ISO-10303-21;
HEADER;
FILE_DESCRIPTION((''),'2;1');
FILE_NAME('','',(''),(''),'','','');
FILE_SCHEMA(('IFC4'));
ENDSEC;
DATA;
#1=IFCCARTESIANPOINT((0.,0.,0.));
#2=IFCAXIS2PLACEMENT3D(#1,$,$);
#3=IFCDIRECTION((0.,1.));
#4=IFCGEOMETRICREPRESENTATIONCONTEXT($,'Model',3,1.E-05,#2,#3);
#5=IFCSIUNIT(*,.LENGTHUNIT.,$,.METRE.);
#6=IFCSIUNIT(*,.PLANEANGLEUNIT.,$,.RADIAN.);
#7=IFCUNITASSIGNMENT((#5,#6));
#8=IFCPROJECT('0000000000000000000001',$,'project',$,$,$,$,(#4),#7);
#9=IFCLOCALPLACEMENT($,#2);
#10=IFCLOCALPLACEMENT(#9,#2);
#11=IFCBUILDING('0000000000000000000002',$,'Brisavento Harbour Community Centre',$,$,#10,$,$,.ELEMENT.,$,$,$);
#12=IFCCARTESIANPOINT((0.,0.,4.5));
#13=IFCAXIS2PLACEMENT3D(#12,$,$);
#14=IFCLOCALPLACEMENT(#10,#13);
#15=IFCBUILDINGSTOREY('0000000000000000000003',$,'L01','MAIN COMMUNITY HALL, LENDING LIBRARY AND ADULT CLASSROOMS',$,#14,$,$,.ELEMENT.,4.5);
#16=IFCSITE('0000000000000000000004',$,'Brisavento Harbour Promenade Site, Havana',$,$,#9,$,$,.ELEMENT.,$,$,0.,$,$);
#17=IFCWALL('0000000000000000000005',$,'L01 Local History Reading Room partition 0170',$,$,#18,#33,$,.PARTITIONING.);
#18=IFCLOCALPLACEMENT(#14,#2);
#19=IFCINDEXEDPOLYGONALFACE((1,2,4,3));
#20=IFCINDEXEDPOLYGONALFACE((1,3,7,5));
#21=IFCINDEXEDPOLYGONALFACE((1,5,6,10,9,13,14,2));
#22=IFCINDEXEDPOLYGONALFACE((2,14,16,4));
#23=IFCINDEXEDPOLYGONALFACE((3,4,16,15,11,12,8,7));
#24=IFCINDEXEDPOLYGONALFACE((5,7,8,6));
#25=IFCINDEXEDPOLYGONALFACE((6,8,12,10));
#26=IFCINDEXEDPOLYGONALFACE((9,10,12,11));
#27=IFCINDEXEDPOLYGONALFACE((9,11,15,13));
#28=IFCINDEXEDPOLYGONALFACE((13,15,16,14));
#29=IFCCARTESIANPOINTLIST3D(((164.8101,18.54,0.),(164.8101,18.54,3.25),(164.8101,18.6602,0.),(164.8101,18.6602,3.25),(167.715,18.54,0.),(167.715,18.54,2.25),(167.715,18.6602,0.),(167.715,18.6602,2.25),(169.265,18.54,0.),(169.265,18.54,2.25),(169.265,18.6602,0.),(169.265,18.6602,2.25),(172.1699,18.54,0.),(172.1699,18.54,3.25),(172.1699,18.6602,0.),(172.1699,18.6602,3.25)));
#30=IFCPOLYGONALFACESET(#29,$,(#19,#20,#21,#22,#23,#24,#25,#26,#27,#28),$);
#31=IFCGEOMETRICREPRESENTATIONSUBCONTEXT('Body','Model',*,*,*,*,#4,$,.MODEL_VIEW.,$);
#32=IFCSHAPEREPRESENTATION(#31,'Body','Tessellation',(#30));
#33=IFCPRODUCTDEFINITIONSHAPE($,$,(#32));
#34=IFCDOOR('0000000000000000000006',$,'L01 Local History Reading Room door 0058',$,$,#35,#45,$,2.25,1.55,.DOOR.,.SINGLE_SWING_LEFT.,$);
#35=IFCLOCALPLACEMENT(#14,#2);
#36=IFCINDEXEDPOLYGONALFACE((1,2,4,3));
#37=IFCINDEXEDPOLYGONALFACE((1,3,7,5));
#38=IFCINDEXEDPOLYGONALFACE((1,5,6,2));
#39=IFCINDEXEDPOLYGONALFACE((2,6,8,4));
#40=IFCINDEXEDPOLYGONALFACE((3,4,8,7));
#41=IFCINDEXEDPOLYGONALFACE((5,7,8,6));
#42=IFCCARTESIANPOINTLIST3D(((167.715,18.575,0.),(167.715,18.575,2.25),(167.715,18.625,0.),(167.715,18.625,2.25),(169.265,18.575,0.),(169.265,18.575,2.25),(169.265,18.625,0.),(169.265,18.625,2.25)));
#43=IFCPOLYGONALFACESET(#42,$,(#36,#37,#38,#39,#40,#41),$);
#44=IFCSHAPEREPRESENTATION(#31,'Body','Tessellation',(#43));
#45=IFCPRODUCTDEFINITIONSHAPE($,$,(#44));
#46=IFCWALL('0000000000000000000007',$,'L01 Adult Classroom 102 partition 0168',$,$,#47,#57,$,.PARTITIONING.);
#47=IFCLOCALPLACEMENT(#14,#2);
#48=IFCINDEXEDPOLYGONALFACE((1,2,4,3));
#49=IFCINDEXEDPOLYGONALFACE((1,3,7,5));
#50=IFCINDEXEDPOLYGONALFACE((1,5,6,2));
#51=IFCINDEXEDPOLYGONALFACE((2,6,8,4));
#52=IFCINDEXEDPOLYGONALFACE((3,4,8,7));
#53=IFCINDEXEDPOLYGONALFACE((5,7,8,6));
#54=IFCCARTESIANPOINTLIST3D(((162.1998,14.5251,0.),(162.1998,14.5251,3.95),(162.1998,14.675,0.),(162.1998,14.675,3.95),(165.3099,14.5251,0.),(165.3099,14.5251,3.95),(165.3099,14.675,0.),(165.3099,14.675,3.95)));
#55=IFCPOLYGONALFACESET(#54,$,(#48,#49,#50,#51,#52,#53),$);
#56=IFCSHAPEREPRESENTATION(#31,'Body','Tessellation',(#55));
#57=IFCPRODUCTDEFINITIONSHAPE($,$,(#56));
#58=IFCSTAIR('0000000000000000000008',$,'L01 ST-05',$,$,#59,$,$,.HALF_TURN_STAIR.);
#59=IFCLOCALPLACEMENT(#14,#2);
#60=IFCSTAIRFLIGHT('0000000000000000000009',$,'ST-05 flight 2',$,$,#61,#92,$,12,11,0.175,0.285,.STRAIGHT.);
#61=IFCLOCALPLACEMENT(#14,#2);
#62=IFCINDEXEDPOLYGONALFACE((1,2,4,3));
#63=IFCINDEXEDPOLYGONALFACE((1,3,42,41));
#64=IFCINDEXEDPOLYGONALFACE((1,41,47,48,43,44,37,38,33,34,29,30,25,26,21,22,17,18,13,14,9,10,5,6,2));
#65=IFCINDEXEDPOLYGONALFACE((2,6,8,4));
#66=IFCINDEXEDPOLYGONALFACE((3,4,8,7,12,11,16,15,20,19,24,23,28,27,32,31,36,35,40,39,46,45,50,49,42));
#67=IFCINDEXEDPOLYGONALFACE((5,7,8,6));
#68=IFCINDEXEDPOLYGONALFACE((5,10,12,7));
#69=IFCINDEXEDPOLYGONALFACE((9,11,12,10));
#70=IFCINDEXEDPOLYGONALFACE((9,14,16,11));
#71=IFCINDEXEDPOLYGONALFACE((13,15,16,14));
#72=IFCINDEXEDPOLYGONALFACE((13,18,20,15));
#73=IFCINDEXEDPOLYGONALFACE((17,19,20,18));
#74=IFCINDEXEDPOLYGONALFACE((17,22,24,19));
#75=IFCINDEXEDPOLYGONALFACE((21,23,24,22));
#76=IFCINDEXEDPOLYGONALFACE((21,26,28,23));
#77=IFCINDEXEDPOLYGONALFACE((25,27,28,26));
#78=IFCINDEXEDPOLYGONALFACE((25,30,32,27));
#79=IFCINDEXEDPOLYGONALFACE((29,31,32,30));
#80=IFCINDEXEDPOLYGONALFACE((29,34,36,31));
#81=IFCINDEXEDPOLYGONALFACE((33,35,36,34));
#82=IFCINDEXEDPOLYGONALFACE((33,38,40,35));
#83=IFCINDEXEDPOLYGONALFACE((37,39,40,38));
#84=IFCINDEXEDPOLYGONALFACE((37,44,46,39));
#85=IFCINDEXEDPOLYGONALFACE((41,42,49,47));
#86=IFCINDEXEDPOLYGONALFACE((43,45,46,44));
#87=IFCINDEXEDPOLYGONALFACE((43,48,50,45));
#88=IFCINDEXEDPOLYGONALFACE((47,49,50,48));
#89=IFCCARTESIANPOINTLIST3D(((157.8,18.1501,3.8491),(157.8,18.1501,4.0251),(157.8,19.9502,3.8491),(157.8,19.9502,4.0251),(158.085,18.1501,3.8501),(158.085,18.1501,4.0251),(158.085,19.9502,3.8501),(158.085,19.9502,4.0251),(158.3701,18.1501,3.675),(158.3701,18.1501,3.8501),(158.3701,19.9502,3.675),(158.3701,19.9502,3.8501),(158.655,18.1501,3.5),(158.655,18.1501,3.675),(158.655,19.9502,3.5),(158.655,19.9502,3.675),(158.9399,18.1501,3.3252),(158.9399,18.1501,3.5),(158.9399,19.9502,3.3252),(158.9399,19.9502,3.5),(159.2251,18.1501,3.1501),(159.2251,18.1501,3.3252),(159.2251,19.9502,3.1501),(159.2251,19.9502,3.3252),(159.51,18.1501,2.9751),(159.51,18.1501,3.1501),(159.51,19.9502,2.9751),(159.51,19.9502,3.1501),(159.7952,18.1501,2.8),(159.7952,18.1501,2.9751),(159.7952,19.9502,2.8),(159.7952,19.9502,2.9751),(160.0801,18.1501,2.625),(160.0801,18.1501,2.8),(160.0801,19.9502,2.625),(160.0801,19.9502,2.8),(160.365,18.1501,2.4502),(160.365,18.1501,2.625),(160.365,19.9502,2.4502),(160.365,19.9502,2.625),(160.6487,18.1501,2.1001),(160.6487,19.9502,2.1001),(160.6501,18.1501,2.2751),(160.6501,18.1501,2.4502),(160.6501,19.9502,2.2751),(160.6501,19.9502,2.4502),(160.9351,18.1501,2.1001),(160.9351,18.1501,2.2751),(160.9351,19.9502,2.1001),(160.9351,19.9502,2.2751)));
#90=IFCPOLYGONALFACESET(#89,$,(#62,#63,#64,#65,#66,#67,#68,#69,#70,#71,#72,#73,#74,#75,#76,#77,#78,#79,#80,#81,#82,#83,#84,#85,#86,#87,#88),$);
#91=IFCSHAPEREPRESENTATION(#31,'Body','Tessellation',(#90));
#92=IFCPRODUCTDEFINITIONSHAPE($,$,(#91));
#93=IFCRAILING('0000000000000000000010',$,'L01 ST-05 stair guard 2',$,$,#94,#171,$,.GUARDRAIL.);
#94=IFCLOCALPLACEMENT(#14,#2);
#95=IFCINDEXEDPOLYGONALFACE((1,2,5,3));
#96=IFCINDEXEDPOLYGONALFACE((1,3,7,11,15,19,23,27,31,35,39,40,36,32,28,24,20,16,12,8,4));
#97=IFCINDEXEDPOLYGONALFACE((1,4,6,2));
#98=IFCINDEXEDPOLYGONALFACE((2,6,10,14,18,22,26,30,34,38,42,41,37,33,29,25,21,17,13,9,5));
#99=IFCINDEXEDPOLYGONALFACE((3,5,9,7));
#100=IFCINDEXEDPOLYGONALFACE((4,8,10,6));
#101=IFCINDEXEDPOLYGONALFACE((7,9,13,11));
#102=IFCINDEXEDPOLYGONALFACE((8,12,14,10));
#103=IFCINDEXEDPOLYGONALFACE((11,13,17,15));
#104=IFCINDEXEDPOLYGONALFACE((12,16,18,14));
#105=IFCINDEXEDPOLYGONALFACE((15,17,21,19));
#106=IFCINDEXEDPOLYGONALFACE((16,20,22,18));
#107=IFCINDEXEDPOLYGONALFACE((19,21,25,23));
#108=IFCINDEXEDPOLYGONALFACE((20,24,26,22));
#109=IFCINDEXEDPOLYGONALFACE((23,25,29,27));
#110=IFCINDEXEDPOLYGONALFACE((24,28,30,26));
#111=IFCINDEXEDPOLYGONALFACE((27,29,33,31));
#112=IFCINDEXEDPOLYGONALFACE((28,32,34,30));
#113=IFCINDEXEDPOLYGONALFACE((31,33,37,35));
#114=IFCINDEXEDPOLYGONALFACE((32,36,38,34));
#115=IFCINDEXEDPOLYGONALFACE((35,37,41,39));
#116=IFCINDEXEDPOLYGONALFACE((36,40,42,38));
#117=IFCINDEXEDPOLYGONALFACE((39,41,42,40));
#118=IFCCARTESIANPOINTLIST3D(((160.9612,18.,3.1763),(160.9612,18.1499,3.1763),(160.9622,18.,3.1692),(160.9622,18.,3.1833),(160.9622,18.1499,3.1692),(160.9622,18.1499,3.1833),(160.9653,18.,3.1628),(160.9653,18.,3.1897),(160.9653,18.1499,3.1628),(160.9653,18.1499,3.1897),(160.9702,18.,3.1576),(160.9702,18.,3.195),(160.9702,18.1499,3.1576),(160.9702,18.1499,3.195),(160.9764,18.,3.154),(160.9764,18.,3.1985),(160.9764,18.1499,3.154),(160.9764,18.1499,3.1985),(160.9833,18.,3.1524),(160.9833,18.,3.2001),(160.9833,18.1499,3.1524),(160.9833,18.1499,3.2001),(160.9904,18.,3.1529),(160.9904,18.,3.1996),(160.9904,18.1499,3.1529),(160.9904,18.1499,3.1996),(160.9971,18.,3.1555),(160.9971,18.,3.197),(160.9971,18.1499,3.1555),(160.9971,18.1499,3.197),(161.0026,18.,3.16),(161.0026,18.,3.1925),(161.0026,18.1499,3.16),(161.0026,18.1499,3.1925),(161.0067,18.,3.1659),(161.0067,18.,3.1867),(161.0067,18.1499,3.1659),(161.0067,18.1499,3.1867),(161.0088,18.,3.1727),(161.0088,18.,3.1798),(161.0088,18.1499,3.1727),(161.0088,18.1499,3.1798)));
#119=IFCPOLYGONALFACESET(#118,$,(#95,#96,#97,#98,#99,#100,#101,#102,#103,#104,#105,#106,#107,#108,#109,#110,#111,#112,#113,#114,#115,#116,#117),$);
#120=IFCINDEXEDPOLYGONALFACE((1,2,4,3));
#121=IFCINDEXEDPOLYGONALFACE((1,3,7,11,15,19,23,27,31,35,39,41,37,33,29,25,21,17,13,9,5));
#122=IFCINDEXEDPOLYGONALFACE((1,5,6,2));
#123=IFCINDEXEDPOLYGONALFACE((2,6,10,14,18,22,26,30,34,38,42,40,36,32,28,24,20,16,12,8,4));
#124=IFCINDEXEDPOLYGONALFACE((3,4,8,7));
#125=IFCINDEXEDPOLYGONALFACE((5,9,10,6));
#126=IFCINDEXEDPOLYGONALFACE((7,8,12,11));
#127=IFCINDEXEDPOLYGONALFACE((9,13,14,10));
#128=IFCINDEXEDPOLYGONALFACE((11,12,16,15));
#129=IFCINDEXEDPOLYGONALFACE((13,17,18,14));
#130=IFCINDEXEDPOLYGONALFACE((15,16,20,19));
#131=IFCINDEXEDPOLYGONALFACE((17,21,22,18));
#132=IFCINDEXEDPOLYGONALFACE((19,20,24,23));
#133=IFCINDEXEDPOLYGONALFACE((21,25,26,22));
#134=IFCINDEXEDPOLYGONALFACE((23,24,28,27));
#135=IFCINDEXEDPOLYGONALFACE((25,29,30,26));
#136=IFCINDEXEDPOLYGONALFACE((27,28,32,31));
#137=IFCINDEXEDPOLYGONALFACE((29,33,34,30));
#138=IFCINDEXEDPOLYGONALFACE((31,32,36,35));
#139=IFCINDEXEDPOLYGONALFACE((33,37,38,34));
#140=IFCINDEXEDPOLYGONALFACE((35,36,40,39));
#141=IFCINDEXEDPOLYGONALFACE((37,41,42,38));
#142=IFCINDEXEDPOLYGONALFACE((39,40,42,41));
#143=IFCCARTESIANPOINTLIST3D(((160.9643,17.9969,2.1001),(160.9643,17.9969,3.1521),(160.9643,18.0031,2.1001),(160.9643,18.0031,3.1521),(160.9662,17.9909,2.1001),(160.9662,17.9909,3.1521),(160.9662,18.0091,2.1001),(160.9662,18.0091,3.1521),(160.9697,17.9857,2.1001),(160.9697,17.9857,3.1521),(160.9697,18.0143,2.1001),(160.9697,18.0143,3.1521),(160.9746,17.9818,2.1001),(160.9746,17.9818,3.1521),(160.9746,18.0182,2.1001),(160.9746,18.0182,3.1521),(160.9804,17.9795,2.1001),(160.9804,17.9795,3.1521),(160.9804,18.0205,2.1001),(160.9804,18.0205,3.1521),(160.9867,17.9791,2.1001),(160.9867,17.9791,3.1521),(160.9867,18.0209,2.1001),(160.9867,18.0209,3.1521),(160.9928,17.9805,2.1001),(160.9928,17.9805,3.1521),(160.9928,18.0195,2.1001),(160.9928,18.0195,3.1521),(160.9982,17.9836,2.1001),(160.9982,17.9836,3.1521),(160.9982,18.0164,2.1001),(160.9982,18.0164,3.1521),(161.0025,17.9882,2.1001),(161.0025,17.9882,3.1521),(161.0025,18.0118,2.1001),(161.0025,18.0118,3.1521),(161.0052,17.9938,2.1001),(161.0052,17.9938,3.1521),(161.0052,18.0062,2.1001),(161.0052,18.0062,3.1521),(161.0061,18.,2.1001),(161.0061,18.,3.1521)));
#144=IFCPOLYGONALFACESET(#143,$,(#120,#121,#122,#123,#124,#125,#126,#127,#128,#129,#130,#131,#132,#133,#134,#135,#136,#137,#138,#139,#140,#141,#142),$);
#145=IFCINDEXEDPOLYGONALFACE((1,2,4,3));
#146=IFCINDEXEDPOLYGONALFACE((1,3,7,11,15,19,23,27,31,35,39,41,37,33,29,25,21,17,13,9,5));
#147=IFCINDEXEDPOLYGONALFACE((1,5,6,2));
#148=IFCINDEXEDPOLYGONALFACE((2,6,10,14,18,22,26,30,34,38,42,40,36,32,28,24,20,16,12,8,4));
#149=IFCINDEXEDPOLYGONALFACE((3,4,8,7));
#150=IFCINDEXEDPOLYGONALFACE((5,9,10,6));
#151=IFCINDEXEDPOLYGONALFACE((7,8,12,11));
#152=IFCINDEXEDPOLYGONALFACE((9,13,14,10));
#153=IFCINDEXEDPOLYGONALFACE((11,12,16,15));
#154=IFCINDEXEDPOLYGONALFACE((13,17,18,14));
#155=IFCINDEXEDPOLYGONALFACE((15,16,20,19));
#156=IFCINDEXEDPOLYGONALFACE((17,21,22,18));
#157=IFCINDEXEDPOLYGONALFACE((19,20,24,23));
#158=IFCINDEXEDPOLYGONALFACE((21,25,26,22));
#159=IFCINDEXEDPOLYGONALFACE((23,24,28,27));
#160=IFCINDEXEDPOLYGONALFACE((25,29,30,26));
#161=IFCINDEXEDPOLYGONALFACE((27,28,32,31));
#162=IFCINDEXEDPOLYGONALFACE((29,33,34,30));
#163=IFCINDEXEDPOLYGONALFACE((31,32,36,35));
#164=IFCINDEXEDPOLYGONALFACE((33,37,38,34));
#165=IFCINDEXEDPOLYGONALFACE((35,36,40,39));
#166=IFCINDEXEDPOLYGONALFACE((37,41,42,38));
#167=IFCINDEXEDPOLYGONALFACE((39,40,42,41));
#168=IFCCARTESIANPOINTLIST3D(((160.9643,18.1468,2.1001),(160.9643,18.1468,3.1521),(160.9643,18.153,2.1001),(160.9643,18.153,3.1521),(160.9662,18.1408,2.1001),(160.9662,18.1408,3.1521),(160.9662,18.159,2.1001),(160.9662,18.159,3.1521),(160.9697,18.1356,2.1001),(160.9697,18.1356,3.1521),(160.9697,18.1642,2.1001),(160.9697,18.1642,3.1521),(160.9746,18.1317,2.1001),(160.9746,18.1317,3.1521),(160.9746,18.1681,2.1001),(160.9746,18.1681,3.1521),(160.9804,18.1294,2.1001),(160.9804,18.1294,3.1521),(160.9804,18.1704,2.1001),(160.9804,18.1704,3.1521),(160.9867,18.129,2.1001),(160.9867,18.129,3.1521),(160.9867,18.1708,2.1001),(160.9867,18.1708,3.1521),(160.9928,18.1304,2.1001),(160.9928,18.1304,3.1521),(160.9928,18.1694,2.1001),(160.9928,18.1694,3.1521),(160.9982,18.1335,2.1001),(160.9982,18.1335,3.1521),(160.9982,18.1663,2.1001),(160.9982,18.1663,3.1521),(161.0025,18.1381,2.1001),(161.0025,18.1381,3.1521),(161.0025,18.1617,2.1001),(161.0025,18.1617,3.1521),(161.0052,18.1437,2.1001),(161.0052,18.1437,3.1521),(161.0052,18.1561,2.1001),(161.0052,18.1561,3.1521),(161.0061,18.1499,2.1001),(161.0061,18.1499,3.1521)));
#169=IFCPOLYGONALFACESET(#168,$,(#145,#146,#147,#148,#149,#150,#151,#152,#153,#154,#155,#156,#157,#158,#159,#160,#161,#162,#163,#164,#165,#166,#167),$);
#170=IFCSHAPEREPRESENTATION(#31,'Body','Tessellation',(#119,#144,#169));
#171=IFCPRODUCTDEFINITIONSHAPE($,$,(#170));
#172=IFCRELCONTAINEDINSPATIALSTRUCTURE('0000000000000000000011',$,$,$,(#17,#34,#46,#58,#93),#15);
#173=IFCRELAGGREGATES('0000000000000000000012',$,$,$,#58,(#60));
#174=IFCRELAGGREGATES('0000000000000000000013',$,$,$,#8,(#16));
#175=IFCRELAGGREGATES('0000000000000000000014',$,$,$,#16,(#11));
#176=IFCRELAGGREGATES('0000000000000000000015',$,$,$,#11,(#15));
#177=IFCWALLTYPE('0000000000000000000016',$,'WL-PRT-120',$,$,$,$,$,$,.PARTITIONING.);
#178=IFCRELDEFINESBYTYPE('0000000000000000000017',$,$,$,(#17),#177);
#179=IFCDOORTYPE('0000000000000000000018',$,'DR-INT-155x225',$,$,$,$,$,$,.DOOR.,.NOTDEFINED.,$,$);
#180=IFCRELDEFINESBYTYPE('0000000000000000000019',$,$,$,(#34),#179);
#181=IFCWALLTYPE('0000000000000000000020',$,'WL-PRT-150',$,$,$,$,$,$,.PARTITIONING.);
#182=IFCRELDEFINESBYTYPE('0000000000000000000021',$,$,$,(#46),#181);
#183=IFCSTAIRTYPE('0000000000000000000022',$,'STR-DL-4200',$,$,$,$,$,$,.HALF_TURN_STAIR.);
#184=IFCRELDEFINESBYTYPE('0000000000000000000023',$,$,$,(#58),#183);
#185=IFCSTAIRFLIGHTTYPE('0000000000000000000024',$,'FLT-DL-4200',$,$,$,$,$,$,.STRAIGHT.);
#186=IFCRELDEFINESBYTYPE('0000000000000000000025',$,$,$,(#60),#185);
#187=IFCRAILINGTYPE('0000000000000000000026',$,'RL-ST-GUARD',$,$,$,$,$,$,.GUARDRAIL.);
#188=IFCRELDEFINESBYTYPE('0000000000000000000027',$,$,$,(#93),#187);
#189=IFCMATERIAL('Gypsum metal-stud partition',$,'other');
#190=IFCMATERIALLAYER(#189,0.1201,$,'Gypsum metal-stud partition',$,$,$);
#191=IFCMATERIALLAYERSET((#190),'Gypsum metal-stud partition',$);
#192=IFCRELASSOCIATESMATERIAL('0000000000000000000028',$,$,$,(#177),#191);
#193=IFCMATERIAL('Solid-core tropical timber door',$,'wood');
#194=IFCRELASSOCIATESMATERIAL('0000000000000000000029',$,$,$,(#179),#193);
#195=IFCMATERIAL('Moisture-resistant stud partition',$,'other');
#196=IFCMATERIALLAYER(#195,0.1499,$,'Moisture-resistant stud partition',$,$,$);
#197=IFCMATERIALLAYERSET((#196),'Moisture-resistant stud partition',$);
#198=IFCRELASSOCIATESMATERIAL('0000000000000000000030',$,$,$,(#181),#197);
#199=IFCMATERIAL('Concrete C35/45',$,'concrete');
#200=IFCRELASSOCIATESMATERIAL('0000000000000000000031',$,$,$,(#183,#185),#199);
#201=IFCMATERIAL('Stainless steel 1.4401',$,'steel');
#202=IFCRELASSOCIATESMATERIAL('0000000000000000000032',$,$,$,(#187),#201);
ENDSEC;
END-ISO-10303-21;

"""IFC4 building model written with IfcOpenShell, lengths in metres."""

from ifc_helpers import new_model, si_unit, direction, frame, frame_2d, origin, origin_2d, place, context, subcontext, project, spatial, polyline, rectangle, circle, outline, extrude, material, layer, layer_set, type_object, element, fill, aggregate, save


model = new_model("IFC4")

# Units and contexts
model_context = context("Model", 3, precision=1e-05, world=origin(), true_north=direction((0.0, 1.0)))
body_context = subcontext(model_context, "Body", "Model", "MODEL_VIEW")
ifc_project = project(units=[si_unit("LENGTHUNIT", "METRE"), si_unit("PLANEANGLEUNIT", "RADIAN")], contexts=[model_context])

# Site, building, storey
site_placement = place(None, origin())
site = spatial("IfcSite", under=ifc_project, at=site_placement, Name="Brisavento Harbour Promenade Site, Havana", CompositionType="ELEMENT", RefElevation=0.0)
building_placement = place(site_placement, origin())
building = spatial("IfcBuilding", under=site, at=building_placement, Name="Brisavento Harbour Community Centre", CompositionType="ELEMENT")
storey_placement = place(building_placement, frame((0.0, 0.0, 4.5)))
storey = spatial("IfcBuildingStorey", under=building, at=storey_placement, Name="L01", Description="MAIN COMMUNITY HALL, LENDING LIBRARY AND ADULT CLASSROOMS", CompositionType="ELEMENT", Elevation=4.5)

# Shared definitions
ifc_material_1 = material(Name="Concrete C35/45", Category="concrete")

# Wall, opening, door
ifc_material_2 = material(Name="Solid-core tropical timber door", Category="wood")
ifc_material_3 = material(Name="Gypsum metal-stud partition", Category="other")
ifc_layer_1 = layer(ifc_material_3, 0.1201, Name="Gypsum metal-stud partition")
ifc_layer_set_1 = layer_set([ifc_layer_1], Name="Gypsum metal-stud partition")
wall_type_1 = type_object("IfcWallType", Name="WL-PRT-120", PredefinedType="PARTITIONING", material=ifc_layer_set_1)
wall_1_placement = place(storey_placement, frame((164.8101, 18.6001, 0.0), z_axis=(0.0, 0.0, 1.0), x_axis=(1.0, 0.0, 0.0)))
wall_1 = element("IfcWall", 1, at=wall_1_placement, inside=storey, type_object=wall_type_1, Name="L01 Local History Reading Room partition 0170", PredefinedType="PARTITIONING", context=body_context, shape_type="SweptSolid", body=[
    extrude(rectangle(XDim=7.3599, YDim=0.1201, at=frame_2d((3.6799, 0.0))), origin(), (0.0, 0.0, 1.0), 3.25),
])
opening_1_placement = place(wall_1_placement, frame((2.905, 0.0, 0.0)))
opening_1 = element("IfcOpeningElement", 2, at=opening_1_placement, cuts=wall_1, PredefinedType="OPENING", context=body_context, shape_type="SweptSolid", body=[
    extrude(rectangle(XDim=1.55, YDim=2.25, at=frame_2d((0.7749, 1.125))), frame((0.0, 0.0701, 0.0), z_axis=(0.0, -1.0, 0.0), x_axis=(1.0, 0.0, 0.0)), (0.0, 0.0, 1.0), 0.1401),
])
door_type_1 = type_object("IfcDoorType", Name="DR-INT-155x225", OperationType="NOTDEFINED", PredefinedType="DOOR", material=ifc_material_2)
door_1_placement = place(opening_1_placement, origin())
door_1 = element("IfcDoor", 3, at=door_1_placement, inside=storey, type_object=door_type_1, Name="L01 Local History Reading Room door 0058", OperationType="SINGLE_SWING_LEFT", OverallHeight=2.25, OverallWidth=1.55, PredefinedType="DOOR", context=body_context, shape_type="SweptSolid", body=[
    extrude(rectangle(XDim=1.55, YDim=2.25, at=frame_2d((0.7749, 1.125))), frame((0.0, 0.0249, 0.0), z_axis=(0.0, -1.0, 0.0), x_axis=(1.0, 0.0, 0.0)), (0.0, 0.0, 1.0), 0.05),
])
fill(opening_1, door_1)

# Wall
ifc_material_4 = material(Name="Moisture-resistant stud partition", Category="other")
ifc_layer_2 = layer(ifc_material_4, 0.1499, Name="Moisture-resistant stud partition")
ifc_layer_set_2 = layer_set([ifc_layer_2], Name="Moisture-resistant stud partition")
wall_type_2 = type_object("IfcWallType", Name="WL-PRT-150", PredefinedType="PARTITIONING", material=ifc_layer_set_2)
wall_2_placement = place(storey_placement, frame((165.3101, 14.6001, 0.0), z_axis=(0.0, 0.0, 1.0), x_axis=(-1.0, 0.0, 0.0)))
element("IfcWall", 4, at=wall_2_placement, inside=storey, type_object=wall_type_2, Name="L01 Adult Classroom 102 partition 0168", PredefinedType="PARTITIONING", context=body_context, shape_type="SweptSolid", body=[
    extrude(rectangle(XDim=3.1101, YDim=0.1499, at=frame_2d((1.5552, 0.0))), origin(), (0.0, 0.0, 1.0), 3.95),
])

# Stair, stair flight
stair_type = type_object("IfcStairType", Name="STR-DL-4200", PredefinedType="HALF_TURN_STAIR", material=ifc_material_1)
stair_placement = place(storey_placement, origin())
stair = element("IfcStair", 5, at=stair_placement, inside=storey, type_object=stair_type, Name="L01 ST-05", PredefinedType="HALF_TURN_STAIR")
stair_flight_type = type_object("IfcStairFlightType", Name="FLT-DL-4200", PredefinedType="STRAIGHT", material=ifc_material_1)
stair_flight_placement = place(storey_placement, frame((160.9351, 19.05, 2.1001), z_axis=(0.0, 0.0, 1.0), x_axis=(-1.0, 0.0, 0.0)))
stair_flight = element("IfcStairFlight", 6, at=stair_flight_placement, type_object=stair_flight_type, Name="ST-05 flight 2", NumberOfRisers=12, NumberOfTreads=11, PredefinedType="STRAIGHT", RiserHeight=0.175, TreadLength=0.285, context=body_context, shape_type="SweptSolid", body=[
    extrude(outline(polyline([(0.0, 0.0), (0.0, 0.175), (0.2849, 0.175), (0.2849, 0.3501), (0.5701, 0.3501), (0.5701, 0.5249), (0.855, 0.5249), (0.855, 0.7), (1.1399, 0.7), (1.1399, 0.875), (1.425, 0.875), (1.425, 1.05), (1.71, 1.05), (1.71, 1.2251), (1.9951, 1.2251), (1.9951, 1.3999), (2.28, 1.3999), (2.28, 1.575), (2.5649, 1.575), (2.5649, 1.75), (2.8501, 1.75), (2.8501, 1.925), (3.135, 1.925), (3.135, 2.1001), (3.135, 1.749), (0.2864, 0.0), (0.0, 0.0)])), frame((0.0, 0.8999, 0.0), z_axis=(0.0, -1.0, 0.0), x_axis=(1.0, 0.0, 0.0)), (0.0, 0.0, 1.0), 1.8),
])
aggregate(stair, [stair_flight])

# Railing
ifc_material_5 = material(Name="Stainless steel 1.4401", Category="steel")
railing_type_1 = type_object("IfcRailingType", Name="RL-ST-GUARD", PredefinedType="GUARDRAIL", material=ifc_material_5)
railing_1_placement = place(storey_placement, frame((160.9851, 18.0, 2.1001)))
element("IfcRailing", 7, at=railing_1_placement, inside=storey, type_object=railing_type_1, Name="L01 ST-05 stair guard 2", PredefinedType="GUARDRAIL", context=body_context, shape_type="SweptSolid", body=[
    extrude(circle(Radius=0.0239, at=origin_2d()), frame((0.0, 0.0, 1.0762), z_axis=(0.0, 1.0, 0.0), x_axis=(-1.0, 0.0, 0.0)), (0.0, 0.0, 1.0), 0.1499),
    extrude(circle(Radius=0.021, at=origin_2d()), origin(), (0.0, 0.0, 1.0), 1.052),
    extrude(circle(Radius=0.021, at=origin_2d()), frame((0.0, 0.1499, 0.0)), (0.0, 0.0, 1.0), 1.052),
])

save(model, "model.ifc")
